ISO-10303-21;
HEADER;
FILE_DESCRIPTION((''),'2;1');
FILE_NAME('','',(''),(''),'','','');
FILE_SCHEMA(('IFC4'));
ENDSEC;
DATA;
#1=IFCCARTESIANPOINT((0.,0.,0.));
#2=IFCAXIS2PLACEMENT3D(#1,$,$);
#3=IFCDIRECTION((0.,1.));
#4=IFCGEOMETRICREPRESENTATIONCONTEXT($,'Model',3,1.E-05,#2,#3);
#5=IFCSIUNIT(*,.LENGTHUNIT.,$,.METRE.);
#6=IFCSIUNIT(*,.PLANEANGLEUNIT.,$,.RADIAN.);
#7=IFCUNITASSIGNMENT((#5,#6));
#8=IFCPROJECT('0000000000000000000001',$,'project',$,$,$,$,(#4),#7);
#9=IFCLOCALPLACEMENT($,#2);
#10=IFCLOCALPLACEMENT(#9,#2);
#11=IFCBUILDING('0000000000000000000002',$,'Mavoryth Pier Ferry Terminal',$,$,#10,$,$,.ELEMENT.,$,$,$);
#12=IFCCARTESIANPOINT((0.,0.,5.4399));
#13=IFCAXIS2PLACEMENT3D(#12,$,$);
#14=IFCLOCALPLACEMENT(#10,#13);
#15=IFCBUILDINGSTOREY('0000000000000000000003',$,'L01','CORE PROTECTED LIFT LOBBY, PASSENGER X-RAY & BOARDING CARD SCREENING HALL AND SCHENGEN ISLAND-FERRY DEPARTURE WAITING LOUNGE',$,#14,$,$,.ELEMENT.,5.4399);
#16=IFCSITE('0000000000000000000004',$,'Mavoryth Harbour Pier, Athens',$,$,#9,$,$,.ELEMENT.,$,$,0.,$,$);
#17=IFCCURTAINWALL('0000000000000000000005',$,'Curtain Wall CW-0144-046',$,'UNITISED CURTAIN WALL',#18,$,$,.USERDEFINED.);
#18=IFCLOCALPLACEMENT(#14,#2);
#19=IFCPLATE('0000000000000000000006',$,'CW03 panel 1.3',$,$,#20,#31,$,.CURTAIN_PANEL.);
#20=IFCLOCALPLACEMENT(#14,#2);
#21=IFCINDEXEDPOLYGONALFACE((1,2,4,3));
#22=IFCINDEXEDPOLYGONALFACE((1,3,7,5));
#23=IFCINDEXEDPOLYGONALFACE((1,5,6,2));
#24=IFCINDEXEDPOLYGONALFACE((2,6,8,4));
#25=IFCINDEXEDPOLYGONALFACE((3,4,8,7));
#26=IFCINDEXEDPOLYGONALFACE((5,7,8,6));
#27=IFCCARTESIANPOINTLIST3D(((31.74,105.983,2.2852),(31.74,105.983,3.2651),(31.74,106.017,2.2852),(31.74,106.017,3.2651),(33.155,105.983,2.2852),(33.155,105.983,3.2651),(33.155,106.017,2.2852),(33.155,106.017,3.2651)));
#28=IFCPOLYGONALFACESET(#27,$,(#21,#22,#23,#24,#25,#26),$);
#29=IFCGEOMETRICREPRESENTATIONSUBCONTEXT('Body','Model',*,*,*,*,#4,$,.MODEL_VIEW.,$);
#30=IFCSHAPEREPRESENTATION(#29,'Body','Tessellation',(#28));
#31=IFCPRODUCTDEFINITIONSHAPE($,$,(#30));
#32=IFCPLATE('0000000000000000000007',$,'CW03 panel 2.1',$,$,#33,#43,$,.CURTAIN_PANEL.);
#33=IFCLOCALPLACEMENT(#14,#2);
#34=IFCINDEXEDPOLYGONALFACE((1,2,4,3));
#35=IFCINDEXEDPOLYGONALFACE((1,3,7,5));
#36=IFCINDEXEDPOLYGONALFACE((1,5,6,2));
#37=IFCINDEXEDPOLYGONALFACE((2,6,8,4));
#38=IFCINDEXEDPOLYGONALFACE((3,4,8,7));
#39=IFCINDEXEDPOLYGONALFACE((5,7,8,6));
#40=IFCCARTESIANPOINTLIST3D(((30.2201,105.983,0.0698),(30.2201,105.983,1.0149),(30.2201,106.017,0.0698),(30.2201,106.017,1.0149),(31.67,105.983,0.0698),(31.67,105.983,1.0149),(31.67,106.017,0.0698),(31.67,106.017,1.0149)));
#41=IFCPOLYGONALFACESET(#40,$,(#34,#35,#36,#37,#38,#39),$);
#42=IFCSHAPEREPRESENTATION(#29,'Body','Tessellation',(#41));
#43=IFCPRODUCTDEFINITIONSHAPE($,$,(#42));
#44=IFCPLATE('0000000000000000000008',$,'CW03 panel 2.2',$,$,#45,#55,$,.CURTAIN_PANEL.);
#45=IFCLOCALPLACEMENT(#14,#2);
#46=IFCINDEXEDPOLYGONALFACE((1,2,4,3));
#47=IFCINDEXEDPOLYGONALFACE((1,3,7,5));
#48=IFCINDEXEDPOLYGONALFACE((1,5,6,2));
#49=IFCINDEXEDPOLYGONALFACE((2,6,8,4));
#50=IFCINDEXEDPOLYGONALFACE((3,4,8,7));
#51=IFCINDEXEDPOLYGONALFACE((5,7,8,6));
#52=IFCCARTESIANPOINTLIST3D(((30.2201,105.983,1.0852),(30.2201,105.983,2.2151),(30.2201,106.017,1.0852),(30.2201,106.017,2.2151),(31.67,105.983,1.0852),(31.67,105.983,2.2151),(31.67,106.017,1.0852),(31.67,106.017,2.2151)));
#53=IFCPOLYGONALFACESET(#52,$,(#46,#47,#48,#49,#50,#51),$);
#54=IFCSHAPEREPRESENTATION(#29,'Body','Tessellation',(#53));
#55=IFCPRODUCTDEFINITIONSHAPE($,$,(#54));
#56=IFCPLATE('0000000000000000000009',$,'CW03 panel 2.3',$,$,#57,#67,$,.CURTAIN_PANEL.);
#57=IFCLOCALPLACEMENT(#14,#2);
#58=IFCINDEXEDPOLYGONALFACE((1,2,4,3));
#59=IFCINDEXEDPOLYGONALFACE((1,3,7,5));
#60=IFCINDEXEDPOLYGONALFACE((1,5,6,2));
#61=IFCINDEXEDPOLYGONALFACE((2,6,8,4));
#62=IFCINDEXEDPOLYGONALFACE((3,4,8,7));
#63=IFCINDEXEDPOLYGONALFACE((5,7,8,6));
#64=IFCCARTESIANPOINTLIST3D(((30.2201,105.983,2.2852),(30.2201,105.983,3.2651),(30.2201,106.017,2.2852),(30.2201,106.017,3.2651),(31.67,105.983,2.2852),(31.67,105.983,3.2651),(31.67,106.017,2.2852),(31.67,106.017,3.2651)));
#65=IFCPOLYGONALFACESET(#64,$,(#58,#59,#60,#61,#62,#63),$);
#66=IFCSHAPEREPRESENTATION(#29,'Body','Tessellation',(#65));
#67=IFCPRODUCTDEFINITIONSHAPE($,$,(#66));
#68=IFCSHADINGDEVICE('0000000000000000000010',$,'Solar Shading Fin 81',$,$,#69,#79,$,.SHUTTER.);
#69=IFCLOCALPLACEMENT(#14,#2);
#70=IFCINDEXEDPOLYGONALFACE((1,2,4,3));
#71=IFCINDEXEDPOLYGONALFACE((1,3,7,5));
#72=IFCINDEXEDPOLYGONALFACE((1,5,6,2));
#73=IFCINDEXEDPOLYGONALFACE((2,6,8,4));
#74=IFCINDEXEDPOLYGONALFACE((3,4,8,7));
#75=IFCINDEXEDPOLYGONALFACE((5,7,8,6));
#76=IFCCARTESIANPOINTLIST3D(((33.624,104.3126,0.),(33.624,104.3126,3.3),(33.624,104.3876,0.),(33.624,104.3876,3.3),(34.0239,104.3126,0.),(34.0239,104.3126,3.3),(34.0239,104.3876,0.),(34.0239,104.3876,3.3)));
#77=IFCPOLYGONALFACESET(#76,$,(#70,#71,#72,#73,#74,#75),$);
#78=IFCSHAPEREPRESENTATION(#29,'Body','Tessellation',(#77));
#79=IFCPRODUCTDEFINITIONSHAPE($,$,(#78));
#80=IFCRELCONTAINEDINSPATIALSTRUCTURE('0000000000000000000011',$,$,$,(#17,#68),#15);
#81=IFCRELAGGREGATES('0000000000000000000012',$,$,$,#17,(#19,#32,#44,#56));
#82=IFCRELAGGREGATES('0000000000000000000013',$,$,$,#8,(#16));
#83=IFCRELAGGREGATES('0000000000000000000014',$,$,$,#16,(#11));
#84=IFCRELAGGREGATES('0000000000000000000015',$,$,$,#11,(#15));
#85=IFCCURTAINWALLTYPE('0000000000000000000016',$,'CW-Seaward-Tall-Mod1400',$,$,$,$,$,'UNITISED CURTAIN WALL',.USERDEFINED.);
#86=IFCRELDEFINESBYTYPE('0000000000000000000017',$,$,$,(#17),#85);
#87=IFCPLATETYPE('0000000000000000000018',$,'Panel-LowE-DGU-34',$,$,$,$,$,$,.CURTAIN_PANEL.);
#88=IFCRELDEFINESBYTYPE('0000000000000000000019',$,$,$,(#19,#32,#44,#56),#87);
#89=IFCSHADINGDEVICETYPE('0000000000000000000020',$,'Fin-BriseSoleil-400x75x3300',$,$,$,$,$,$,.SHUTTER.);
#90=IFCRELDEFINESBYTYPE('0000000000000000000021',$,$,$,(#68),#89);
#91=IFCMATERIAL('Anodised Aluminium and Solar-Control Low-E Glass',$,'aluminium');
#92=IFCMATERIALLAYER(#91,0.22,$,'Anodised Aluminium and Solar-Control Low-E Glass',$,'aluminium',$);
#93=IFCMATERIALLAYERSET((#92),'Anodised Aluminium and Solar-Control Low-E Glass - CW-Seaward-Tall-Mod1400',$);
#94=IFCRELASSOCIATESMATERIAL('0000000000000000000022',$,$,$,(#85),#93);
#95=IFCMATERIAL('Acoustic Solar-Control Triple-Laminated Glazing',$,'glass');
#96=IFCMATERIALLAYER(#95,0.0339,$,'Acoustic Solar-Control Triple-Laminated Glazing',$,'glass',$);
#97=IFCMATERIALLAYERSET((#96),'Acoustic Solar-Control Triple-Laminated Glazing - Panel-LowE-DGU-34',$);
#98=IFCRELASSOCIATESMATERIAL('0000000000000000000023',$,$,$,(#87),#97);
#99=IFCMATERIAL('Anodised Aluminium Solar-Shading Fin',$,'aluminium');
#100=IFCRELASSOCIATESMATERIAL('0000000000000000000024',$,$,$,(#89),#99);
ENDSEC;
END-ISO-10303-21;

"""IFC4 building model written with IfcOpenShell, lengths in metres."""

from ifc_helpers import new_model, si_unit, direction, frame, origin, origin_2d, place, context, subcontext, project, spatial, rectangle, extrude, material, layer, layer_set, type_object, element, aggregate, save


model = new_model("IFC4")

# Units and contexts
model_context = context("Model", 3, precision=1e-05, world=origin(), true_north=direction((0.0, 1.0)))
body_context = subcontext(model_context, "Body", "Model", "MODEL_VIEW")
ifc_project = project(units=[si_unit("LENGTHUNIT", "METRE"), si_unit("PLANEANGLEUNIT", "RADIAN")], contexts=[model_context])

# Site, building, storey
site_placement = place(None, origin())
site = spatial("IfcSite", under=ifc_project, at=site_placement, Name="Mavoryth Harbour Pier, Athens", CompositionType="ELEMENT", RefElevation=0.0)
building_placement = place(site_placement, origin())
building = spatial("IfcBuilding", under=site, at=building_placement, Name="Mavoryth Pier Ferry Terminal", CompositionType="ELEMENT")
storey_placement = place(building_placement, frame((0.0, 0.0, 5.4399)))
storey = spatial("IfcBuildingStorey", under=building, at=storey_placement, Name="L01", Description="CORE PROTECTED LIFT LOBBY, PASSENGER X-RAY & BOARDING CARD SCREENING HALL AND SCHENGEN ISLAND-FERRY DEPARTURE WAITING LOUNGE", CompositionType="ELEMENT", Elevation=5.4399)

# Curtain wall
ifc_material_1 = material(Name="Anodised Aluminium and Solar-Control Low-E Glass", Category="aluminium")
ifc_layer_1 = layer(ifc_material_1, 0.22, Name="Anodised Aluminium and Solar-Control Low-E Glass", Category="aluminium")
ifc_layer_set_1 = layer_set([ifc_layer_1], Name="Anodised Aluminium and Solar-Control Low-E Glass - CW-Seaward-Tall-Mod1400")
curtain_wall_type_1 = type_object("IfcCurtainWallType", Name="CW-Seaward-Tall-Mod1400", ElementType="UNITISED CURTAIN WALL", PredefinedType="USERDEFINED", material=ifc_layer_set_1)
curtain_wall_1_placement = place(storey_placement, origin())
curtain_wall_1 = element("IfcCurtainWall", 1, at=curtain_wall_1_placement, inside=storey, type_object=curtain_wall_type_1, Name="Curtain Wall CW-0144-046", ObjectType="UNITISED CURTAIN WALL", PredefinedType="USERDEFINED")

# Plates
ifc_material_2 = material(Name="Acoustic Solar-Control Triple-Laminated Glazing", Category="glass")
ifc_layer_2 = layer(ifc_material_2, 0.0339, Name="Acoustic Solar-Control Triple-Laminated Glazing", Category="glass")
ifc_layer_set_2 = layer_set([ifc_layer_2], Name="Acoustic Solar-Control Triple-Laminated Glazing - Panel-LowE-DGU-34")
plate_type_1 = type_object("IfcPlateType", Name="Panel-LowE-DGU-34", PredefinedType="CURTAIN_PANEL", material=ifc_layer_set_2)
plate_1_placement = place(storey_placement, frame((32.4475, 106.0, 2.2852), z_axis=(0.0, 0.0, 1.0), x_axis=(-1.0, 0.0, 0.0)))
plate_1 = element("IfcPlate", 2, at=plate_1_placement, type_object=plate_type_1, Name="CW03 panel 1.3", PredefinedType="CURTAIN_PANEL", context=body_context, shape_type="SweptSolid", body=[
    extrude(rectangle(XDim=1.415, YDim=0.0339, at=origin_2d()), origin(), (0.0, 0.0, 1.0), 0.98),
])
plate_2_placement = place(storey_placement, frame((30.9451, 106.0, 0.0698), z_axis=(0.0, 0.0, 1.0), x_axis=(-1.0, 0.0, 0.0)))
plate_2 = element("IfcPlate", 3, at=plate_2_placement, type_object=plate_type_1, Name="CW03 panel 2.1", PredefinedType="CURTAIN_PANEL", context=body_context, shape_type="SweptSolid", body=[
    extrude(rectangle(XDim=1.45, YDim=0.0339, at=origin_2d()), origin(), (0.0, 0.0, 1.0), 0.9451),
])
plate_3_placement = place(storey_placement, frame((30.9451, 106.0, 1.0852), z_axis=(0.0, 0.0, 1.0), x_axis=(-1.0, 0.0, 0.0)))
plate_3 = element("IfcPlate", 4, at=plate_3_placement, type_object=plate_type_1, Name="CW03 panel 2.2", PredefinedType="CURTAIN_PANEL", context=body_context, shape_type="SweptSolid", body=[
    extrude(rectangle(XDim=1.45, YDim=0.0339, at=origin_2d()), origin(), (0.0, 0.0, 1.0), 1.1299),
])
plate_4_placement = place(storey_placement, frame((30.9451, 106.0, 2.2852), z_axis=(0.0, 0.0, 1.0), x_axis=(-1.0, 0.0, 0.0)))
plate_4 = element("IfcPlate", 5, at=plate_4_placement, type_object=plate_type_1, Name="CW03 panel 2.3", PredefinedType="CURTAIN_PANEL", context=body_context, shape_type="SweptSolid", body=[
    extrude(rectangle(XDim=1.45, YDim=0.0339, at=origin_2d()), origin(), (0.0, 0.0, 1.0), 0.98),
])
aggregate(curtain_wall_1, [plate_1, plate_2, plate_3, plate_4])

# Shading device
ifc_material_3 = material(Name="Anodised Aluminium Solar-Shading Fin", Category="aluminium")
shading_device_type = type_object("IfcShadingDeviceType", Name="Fin-BriseSoleil-400x75x3300", PredefinedType="SHUTTER", material=ifc_material_3)
shading_device_placement = place(storey_placement, frame((33.824, 104.3501, 0.0), z_axis=(0.0, 0.0, 1.0), x_axis=(0.0, 1.0, 0.0)))
element("IfcShadingDevice", 6, at=shading_device_placement, inside=storey, type_object=shading_device_type, Name="Solar Shading Fin 81", PredefinedType="SHUTTER", context=body_context, shape_type="SweptSolid", body=[
    extrude(rectangle(XDim=0.075, YDim=0.3999, at=origin_2d()), origin(), (0.0, 0.0, 1.0), 3.3),
])

save(model, "model.ifc")
